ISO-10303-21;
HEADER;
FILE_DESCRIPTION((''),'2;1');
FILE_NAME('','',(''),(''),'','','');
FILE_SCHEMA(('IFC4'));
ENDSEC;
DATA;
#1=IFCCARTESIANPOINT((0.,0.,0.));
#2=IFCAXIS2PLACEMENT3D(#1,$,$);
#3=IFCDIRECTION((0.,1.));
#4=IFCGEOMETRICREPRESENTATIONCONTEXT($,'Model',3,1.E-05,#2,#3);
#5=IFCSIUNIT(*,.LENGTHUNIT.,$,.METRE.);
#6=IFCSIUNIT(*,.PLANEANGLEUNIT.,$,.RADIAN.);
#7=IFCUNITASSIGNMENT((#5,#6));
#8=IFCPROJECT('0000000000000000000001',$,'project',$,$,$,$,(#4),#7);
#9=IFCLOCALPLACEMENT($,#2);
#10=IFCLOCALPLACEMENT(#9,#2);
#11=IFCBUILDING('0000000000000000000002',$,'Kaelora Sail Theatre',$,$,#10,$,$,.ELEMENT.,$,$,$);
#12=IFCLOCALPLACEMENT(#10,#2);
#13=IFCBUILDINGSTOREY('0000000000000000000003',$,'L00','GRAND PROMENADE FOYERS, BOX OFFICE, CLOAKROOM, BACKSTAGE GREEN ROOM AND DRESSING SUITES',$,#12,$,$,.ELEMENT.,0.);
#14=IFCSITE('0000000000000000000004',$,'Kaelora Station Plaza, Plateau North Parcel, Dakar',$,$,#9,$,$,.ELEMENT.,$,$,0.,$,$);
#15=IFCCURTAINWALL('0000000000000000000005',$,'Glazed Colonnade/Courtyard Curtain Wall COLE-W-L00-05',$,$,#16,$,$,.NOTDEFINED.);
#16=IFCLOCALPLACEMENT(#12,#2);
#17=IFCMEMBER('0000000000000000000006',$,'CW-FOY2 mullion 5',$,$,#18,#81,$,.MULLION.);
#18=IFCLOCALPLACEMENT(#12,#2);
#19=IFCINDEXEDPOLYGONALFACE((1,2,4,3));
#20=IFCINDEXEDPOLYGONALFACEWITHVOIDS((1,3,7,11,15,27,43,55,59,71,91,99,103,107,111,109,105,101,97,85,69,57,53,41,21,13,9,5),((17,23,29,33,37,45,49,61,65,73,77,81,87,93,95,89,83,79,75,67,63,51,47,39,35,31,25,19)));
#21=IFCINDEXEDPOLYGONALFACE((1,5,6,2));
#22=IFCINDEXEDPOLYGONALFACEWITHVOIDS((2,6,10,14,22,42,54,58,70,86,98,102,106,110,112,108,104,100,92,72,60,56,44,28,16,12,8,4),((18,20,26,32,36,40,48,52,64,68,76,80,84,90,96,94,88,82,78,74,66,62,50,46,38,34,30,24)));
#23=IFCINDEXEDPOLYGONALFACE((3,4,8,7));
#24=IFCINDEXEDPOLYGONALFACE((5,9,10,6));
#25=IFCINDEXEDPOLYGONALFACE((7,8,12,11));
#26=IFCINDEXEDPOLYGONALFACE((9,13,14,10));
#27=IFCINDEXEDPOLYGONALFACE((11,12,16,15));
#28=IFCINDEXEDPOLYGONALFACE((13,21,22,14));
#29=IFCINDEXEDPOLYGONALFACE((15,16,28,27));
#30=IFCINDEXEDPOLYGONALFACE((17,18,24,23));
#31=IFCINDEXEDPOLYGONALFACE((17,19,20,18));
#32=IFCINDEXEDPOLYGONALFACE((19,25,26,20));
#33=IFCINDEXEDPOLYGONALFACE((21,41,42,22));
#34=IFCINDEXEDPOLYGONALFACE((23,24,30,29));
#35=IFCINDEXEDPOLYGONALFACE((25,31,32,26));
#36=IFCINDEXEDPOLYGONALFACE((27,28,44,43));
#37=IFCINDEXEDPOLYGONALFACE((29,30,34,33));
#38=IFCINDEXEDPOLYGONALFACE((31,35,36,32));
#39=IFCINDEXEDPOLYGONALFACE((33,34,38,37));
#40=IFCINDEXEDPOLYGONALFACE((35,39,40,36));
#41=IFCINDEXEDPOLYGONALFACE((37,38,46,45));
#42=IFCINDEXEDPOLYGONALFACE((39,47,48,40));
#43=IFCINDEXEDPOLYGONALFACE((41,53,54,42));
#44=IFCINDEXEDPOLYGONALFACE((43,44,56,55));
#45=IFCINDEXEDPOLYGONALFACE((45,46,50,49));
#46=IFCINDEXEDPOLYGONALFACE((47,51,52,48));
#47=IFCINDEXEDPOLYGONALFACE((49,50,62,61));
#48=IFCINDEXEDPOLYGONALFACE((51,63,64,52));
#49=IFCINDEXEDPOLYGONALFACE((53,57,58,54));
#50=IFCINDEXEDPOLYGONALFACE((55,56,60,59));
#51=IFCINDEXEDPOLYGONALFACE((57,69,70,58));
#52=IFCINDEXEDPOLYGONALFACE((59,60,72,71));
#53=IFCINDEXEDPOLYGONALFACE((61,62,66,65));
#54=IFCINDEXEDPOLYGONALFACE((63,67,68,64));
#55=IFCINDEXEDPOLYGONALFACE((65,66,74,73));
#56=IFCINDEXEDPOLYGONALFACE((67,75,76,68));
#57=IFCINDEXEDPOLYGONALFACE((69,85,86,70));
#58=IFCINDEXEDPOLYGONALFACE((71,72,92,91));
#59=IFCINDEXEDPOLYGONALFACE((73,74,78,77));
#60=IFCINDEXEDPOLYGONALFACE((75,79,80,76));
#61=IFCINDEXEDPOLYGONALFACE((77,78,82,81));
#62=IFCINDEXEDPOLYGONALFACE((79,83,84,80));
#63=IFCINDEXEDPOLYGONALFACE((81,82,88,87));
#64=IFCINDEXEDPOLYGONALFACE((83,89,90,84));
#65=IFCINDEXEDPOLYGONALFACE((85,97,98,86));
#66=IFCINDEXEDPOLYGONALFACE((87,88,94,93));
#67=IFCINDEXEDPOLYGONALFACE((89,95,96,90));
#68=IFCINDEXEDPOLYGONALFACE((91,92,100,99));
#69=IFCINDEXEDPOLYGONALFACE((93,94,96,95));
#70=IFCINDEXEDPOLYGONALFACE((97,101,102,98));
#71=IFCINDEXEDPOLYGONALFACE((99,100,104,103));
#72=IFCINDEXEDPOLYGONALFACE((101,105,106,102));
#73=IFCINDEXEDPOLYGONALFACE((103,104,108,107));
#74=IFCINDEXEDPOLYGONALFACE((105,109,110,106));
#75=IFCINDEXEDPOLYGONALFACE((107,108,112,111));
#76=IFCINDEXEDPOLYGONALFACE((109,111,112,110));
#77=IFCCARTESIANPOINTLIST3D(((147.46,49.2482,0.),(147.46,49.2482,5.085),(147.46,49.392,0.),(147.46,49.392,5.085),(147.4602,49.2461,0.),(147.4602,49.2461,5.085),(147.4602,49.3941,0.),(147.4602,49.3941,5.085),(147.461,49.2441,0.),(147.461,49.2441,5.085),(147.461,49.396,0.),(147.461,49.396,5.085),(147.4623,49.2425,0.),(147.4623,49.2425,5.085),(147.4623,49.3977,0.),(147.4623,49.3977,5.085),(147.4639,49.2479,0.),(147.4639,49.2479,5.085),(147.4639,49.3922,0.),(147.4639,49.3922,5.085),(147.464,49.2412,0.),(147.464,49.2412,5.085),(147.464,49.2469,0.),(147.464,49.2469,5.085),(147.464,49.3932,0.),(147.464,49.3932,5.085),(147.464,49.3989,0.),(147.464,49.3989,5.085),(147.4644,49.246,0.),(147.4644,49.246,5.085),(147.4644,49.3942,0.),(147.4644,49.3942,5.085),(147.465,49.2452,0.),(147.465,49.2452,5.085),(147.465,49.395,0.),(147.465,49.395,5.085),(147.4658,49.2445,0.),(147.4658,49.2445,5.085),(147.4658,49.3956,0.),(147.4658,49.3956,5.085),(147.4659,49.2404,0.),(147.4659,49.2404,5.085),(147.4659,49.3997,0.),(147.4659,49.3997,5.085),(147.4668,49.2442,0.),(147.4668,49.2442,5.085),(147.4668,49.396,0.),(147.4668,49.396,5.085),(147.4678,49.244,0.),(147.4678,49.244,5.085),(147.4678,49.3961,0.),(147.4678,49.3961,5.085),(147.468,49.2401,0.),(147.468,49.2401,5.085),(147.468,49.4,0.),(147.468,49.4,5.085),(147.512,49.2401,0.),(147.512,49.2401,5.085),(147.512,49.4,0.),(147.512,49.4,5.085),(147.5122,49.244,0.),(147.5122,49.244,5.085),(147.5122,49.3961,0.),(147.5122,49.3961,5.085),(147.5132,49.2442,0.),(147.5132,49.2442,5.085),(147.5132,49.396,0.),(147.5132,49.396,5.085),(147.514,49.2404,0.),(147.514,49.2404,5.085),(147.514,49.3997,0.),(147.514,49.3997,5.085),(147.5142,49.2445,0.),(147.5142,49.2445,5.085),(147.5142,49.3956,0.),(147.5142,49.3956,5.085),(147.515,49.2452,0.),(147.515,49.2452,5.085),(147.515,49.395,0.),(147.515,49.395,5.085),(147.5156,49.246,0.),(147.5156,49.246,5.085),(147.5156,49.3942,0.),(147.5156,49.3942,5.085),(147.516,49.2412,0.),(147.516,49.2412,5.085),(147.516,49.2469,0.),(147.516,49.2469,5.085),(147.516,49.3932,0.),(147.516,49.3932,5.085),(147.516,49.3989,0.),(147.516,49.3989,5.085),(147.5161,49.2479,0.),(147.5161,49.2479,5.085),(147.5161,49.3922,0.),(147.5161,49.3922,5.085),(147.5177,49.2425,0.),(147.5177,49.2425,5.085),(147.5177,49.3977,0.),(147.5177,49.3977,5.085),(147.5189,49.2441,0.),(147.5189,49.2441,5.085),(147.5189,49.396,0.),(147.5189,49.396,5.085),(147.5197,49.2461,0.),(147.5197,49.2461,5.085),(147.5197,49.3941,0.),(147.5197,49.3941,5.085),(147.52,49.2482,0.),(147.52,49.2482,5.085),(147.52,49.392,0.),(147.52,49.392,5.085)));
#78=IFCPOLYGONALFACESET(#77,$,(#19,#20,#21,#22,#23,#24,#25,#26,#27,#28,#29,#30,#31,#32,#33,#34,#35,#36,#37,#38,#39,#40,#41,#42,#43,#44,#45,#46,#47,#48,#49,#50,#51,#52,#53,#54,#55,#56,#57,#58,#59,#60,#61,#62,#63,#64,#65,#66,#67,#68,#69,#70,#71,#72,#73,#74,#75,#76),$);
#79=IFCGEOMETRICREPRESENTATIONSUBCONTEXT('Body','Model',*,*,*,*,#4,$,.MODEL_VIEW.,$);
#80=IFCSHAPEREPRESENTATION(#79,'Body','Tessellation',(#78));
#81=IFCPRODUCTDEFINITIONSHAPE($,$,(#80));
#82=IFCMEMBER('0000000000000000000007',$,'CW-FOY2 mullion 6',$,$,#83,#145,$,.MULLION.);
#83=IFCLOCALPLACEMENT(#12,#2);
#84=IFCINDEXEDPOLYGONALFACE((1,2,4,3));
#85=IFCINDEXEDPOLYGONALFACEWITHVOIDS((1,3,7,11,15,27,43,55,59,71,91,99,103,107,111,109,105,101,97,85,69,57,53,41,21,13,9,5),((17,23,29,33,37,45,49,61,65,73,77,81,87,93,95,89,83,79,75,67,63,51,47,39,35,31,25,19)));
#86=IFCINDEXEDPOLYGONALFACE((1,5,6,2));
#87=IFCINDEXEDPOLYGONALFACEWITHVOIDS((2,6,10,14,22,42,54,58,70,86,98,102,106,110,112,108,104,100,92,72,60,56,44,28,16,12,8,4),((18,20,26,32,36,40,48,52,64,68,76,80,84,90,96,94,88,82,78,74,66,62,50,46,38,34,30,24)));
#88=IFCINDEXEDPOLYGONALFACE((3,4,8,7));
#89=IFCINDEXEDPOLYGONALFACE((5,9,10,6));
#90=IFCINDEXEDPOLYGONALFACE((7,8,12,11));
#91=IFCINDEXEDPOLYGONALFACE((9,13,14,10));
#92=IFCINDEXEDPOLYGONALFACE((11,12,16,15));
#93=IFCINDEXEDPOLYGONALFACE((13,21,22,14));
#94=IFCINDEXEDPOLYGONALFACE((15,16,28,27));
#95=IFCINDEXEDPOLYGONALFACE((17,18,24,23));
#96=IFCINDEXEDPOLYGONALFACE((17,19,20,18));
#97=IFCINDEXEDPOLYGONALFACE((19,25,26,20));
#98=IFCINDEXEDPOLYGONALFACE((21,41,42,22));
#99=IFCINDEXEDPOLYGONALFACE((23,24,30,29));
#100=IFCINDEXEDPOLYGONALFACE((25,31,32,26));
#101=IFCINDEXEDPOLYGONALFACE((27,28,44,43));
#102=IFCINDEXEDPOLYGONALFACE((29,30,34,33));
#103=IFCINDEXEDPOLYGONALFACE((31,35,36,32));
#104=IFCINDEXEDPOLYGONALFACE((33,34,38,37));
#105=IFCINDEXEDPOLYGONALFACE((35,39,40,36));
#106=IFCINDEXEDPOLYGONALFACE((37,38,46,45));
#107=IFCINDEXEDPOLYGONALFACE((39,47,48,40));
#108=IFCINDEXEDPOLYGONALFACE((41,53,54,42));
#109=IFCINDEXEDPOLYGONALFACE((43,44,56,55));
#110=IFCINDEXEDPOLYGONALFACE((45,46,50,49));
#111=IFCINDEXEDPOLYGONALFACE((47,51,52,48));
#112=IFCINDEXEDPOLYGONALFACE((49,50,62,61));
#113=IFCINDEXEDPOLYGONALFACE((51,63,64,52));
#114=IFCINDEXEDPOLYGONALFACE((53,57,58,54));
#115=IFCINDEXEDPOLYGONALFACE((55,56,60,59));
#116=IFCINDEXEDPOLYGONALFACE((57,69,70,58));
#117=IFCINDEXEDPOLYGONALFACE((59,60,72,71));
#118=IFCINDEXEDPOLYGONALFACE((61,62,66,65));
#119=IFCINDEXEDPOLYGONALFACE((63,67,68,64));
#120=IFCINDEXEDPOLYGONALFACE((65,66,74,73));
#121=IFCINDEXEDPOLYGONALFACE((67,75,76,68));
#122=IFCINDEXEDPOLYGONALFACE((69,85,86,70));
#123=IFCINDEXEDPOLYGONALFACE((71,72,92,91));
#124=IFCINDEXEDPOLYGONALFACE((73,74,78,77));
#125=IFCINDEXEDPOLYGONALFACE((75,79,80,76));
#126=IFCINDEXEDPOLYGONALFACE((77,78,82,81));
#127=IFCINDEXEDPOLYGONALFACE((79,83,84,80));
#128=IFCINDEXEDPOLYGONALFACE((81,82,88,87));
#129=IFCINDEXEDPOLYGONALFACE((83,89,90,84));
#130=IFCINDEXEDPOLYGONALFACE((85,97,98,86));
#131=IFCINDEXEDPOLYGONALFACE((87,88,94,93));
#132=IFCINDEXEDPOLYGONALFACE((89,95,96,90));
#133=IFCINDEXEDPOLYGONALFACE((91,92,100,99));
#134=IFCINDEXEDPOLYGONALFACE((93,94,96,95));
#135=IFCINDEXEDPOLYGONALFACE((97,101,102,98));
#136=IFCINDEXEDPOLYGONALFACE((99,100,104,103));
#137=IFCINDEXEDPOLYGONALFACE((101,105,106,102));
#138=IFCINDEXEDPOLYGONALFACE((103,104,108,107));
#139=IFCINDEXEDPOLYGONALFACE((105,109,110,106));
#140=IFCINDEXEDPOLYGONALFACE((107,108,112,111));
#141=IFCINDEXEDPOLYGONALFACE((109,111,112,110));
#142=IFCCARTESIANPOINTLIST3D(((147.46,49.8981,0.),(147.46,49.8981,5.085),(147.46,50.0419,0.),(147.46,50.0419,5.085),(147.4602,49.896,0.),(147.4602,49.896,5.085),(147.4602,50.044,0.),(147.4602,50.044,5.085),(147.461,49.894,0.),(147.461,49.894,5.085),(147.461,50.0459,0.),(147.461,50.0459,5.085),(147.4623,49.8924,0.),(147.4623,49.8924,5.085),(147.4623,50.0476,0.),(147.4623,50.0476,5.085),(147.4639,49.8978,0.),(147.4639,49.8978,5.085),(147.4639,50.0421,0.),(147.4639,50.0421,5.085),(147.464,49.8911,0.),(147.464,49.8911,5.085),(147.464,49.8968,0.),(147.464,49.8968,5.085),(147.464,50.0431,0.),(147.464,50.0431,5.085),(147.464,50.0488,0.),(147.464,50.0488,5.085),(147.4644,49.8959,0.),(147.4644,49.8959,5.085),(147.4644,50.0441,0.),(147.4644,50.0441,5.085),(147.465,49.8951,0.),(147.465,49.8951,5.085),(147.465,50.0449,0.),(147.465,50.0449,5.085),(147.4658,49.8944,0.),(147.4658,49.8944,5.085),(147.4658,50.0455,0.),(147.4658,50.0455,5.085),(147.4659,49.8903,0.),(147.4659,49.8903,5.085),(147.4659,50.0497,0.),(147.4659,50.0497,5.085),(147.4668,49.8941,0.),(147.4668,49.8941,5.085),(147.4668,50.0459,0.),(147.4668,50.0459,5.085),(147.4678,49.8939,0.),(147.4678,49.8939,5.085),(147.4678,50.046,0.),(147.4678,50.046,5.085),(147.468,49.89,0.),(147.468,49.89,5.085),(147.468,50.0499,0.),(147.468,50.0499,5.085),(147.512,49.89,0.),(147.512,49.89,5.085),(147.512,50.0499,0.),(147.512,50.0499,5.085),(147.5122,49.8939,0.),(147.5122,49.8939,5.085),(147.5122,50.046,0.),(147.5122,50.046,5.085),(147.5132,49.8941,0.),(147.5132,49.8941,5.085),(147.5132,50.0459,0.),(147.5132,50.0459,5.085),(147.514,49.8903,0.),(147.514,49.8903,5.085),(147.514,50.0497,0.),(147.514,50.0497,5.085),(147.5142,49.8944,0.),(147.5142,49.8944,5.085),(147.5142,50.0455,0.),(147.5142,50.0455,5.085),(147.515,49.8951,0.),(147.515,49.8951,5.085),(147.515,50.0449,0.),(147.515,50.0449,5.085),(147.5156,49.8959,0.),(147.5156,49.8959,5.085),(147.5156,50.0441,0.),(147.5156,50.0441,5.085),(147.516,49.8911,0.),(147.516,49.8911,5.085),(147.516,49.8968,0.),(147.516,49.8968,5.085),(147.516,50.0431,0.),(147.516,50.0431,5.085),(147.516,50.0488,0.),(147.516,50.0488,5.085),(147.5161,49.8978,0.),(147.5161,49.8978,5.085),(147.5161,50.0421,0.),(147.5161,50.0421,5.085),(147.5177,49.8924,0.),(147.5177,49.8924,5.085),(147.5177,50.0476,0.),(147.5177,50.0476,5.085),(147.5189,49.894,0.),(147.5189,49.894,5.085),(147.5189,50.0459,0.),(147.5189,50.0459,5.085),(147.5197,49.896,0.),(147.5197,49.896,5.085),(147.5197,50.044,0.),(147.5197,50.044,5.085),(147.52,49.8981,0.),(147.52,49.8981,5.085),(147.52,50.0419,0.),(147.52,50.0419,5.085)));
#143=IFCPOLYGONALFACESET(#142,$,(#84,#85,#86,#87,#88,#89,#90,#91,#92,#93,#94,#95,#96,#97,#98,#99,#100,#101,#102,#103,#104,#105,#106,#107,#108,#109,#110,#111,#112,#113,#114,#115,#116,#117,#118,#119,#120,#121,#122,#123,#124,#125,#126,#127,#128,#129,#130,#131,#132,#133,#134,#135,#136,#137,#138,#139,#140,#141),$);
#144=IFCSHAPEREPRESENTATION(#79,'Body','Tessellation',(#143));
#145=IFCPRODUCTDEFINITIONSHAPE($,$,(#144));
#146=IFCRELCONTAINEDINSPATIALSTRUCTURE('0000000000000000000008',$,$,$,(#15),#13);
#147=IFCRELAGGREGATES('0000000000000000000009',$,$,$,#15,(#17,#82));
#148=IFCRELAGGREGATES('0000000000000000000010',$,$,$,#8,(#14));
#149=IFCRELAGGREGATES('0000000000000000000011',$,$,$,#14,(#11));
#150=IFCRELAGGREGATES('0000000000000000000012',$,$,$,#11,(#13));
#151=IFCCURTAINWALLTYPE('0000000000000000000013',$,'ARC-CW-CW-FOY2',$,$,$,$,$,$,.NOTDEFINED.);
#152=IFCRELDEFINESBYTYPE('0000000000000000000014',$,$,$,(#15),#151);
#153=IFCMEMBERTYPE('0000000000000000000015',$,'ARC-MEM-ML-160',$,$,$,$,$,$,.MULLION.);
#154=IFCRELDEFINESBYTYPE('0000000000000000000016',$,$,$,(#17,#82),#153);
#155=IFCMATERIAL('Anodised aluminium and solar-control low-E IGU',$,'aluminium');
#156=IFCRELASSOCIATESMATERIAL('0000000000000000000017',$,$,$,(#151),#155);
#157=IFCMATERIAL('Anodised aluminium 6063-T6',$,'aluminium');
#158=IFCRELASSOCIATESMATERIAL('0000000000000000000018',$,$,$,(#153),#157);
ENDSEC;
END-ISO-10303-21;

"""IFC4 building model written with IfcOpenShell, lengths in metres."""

from ifc_helpers import new_model, si_unit, direction, frame, origin, origin_2d, place, context, subcontext, project, spatial, hollow_rectangle, extrude, material, material_profile, profile_set, type_object, element, aggregate, save


model = new_model("IFC4")

# Units and contexts
model_context = context("Model", 3, precision=1e-05, world=origin(), true_north=direction((0.0, 1.0)))
body_context = subcontext(model_context, "Body", "Model", "MODEL_VIEW")
ifc_project = project(units=[si_unit("LENGTHUNIT", "METRE"), si_unit("PLANEANGLEUNIT", "RADIAN")], contexts=[model_context])

# Site, building, storey
site_placement = place(None, origin())
site = spatial("IfcSite", under=ifc_project, at=site_placement, Name="Kaelora Station Plaza, Plateau North Parcel, Dakar", CompositionType="ELEMENT", RefElevation=0.0)
building_placement = place(site_placement, origin())
building = spatial("IfcBuilding", under=site, at=building_placement, Name="Kaelora Sail Theatre", CompositionType="ELEMENT")
storey_placement = place(building_placement, origin())
storey = spatial("IfcBuildingStorey", under=building, at=storey_placement, Name="L00", Description="GRAND PROMENADE FOYERS, BOX OFFICE, CLOAKROOM, BACKSTAGE GREEN ROOM AND DRESSING SUITES", CompositionType="ELEMENT", Elevation=0.0)

# Curtain wall, members
ifc_material_1 = material(Name="Anodised aluminium and solar-control low-E IGU", Category="aluminium")
curtain_wall_type = type_object("IfcCurtainWallType", Name="ARC-CW-CW-FOY2", PredefinedType="NOTDEFINED", material=ifc_material_1)
curtain_wall_1_placement = place(storey_placement, origin())
curtain_wall_1 = element("IfcCurtainWall", 1, at=curtain_wall_1_placement, inside=storey, type_object=curtain_wall_type, Name="Glazed Colonnade/Courtyard Curtain Wall COLE-W-L00-05", PredefinedType="NOTDEFINED")
ifc_material_2 = material(Name="Anodised aluminium 6063-T6", Category="aluminium")
ifc_material_profile_1 = material_profile(ifc_material_2, hollow_rectangle(XDim=0.0601, YDim=0.1599, WallThickness=0.0039, InnerFilletRadius=0.0039, OuterFilletRadius=0.0081, at=origin_2d()), Name="ALU-MULL 60x160x4")
ifc_profile_set_1 = profile_set([ifc_material_profile_1], Name="Anodised aluminium 6063-T6")
member_type_1 = type_object("IfcMemberType", Name="ARC-MEM-ML-160", PredefinedType="MULLION", material=ifc_profile_set_1)
member_1_placement = place(storey_placement, frame((147.49, 49.3201, 0.0), z_axis=(0.0, 0.0, 1.0), x_axis=(-1.0, 0.0, 0.0)))
member_1 = element("IfcMember", 2, at=member_1_placement, type_object=member_type_1, Name="CW-FOY2 mullion 5", PredefinedType="MULLION", context=body_context, shape_type="SweptSolid", body=[
    extrude(hollow_rectangle(XDim=0.0601, YDim=0.1599, WallThickness=0.0039, InnerFilletRadius=0.0039, OuterFilletRadius=0.0081, at=origin_2d()), origin(), (0.0, 0.0, 1.0), 5.085),
])
member_2_placement = place(storey_placement, frame((147.49, 49.97, 0.0), z_axis=(0.0, 0.0, 1.0), x_axis=(-1.0, 0.0, 0.0)))
member_2 = element("IfcMember", 3, at=member_2_placement, type_object=member_type_1, Name="CW-FOY2 mullion 6", PredefinedType="MULLION", context=body_context, shape_type="SweptSolid", body=[
    extrude(hollow_rectangle(XDim=0.0601, YDim=0.1599, WallThickness=0.0039, InnerFilletRadius=0.0039, OuterFilletRadius=0.0081, at=origin_2d()), origin(), (0.0, 0.0, 1.0), 5.085),
])

aggregate(curtain_wall_1, [member_1, member_2])

save(model, "model.ifc")
